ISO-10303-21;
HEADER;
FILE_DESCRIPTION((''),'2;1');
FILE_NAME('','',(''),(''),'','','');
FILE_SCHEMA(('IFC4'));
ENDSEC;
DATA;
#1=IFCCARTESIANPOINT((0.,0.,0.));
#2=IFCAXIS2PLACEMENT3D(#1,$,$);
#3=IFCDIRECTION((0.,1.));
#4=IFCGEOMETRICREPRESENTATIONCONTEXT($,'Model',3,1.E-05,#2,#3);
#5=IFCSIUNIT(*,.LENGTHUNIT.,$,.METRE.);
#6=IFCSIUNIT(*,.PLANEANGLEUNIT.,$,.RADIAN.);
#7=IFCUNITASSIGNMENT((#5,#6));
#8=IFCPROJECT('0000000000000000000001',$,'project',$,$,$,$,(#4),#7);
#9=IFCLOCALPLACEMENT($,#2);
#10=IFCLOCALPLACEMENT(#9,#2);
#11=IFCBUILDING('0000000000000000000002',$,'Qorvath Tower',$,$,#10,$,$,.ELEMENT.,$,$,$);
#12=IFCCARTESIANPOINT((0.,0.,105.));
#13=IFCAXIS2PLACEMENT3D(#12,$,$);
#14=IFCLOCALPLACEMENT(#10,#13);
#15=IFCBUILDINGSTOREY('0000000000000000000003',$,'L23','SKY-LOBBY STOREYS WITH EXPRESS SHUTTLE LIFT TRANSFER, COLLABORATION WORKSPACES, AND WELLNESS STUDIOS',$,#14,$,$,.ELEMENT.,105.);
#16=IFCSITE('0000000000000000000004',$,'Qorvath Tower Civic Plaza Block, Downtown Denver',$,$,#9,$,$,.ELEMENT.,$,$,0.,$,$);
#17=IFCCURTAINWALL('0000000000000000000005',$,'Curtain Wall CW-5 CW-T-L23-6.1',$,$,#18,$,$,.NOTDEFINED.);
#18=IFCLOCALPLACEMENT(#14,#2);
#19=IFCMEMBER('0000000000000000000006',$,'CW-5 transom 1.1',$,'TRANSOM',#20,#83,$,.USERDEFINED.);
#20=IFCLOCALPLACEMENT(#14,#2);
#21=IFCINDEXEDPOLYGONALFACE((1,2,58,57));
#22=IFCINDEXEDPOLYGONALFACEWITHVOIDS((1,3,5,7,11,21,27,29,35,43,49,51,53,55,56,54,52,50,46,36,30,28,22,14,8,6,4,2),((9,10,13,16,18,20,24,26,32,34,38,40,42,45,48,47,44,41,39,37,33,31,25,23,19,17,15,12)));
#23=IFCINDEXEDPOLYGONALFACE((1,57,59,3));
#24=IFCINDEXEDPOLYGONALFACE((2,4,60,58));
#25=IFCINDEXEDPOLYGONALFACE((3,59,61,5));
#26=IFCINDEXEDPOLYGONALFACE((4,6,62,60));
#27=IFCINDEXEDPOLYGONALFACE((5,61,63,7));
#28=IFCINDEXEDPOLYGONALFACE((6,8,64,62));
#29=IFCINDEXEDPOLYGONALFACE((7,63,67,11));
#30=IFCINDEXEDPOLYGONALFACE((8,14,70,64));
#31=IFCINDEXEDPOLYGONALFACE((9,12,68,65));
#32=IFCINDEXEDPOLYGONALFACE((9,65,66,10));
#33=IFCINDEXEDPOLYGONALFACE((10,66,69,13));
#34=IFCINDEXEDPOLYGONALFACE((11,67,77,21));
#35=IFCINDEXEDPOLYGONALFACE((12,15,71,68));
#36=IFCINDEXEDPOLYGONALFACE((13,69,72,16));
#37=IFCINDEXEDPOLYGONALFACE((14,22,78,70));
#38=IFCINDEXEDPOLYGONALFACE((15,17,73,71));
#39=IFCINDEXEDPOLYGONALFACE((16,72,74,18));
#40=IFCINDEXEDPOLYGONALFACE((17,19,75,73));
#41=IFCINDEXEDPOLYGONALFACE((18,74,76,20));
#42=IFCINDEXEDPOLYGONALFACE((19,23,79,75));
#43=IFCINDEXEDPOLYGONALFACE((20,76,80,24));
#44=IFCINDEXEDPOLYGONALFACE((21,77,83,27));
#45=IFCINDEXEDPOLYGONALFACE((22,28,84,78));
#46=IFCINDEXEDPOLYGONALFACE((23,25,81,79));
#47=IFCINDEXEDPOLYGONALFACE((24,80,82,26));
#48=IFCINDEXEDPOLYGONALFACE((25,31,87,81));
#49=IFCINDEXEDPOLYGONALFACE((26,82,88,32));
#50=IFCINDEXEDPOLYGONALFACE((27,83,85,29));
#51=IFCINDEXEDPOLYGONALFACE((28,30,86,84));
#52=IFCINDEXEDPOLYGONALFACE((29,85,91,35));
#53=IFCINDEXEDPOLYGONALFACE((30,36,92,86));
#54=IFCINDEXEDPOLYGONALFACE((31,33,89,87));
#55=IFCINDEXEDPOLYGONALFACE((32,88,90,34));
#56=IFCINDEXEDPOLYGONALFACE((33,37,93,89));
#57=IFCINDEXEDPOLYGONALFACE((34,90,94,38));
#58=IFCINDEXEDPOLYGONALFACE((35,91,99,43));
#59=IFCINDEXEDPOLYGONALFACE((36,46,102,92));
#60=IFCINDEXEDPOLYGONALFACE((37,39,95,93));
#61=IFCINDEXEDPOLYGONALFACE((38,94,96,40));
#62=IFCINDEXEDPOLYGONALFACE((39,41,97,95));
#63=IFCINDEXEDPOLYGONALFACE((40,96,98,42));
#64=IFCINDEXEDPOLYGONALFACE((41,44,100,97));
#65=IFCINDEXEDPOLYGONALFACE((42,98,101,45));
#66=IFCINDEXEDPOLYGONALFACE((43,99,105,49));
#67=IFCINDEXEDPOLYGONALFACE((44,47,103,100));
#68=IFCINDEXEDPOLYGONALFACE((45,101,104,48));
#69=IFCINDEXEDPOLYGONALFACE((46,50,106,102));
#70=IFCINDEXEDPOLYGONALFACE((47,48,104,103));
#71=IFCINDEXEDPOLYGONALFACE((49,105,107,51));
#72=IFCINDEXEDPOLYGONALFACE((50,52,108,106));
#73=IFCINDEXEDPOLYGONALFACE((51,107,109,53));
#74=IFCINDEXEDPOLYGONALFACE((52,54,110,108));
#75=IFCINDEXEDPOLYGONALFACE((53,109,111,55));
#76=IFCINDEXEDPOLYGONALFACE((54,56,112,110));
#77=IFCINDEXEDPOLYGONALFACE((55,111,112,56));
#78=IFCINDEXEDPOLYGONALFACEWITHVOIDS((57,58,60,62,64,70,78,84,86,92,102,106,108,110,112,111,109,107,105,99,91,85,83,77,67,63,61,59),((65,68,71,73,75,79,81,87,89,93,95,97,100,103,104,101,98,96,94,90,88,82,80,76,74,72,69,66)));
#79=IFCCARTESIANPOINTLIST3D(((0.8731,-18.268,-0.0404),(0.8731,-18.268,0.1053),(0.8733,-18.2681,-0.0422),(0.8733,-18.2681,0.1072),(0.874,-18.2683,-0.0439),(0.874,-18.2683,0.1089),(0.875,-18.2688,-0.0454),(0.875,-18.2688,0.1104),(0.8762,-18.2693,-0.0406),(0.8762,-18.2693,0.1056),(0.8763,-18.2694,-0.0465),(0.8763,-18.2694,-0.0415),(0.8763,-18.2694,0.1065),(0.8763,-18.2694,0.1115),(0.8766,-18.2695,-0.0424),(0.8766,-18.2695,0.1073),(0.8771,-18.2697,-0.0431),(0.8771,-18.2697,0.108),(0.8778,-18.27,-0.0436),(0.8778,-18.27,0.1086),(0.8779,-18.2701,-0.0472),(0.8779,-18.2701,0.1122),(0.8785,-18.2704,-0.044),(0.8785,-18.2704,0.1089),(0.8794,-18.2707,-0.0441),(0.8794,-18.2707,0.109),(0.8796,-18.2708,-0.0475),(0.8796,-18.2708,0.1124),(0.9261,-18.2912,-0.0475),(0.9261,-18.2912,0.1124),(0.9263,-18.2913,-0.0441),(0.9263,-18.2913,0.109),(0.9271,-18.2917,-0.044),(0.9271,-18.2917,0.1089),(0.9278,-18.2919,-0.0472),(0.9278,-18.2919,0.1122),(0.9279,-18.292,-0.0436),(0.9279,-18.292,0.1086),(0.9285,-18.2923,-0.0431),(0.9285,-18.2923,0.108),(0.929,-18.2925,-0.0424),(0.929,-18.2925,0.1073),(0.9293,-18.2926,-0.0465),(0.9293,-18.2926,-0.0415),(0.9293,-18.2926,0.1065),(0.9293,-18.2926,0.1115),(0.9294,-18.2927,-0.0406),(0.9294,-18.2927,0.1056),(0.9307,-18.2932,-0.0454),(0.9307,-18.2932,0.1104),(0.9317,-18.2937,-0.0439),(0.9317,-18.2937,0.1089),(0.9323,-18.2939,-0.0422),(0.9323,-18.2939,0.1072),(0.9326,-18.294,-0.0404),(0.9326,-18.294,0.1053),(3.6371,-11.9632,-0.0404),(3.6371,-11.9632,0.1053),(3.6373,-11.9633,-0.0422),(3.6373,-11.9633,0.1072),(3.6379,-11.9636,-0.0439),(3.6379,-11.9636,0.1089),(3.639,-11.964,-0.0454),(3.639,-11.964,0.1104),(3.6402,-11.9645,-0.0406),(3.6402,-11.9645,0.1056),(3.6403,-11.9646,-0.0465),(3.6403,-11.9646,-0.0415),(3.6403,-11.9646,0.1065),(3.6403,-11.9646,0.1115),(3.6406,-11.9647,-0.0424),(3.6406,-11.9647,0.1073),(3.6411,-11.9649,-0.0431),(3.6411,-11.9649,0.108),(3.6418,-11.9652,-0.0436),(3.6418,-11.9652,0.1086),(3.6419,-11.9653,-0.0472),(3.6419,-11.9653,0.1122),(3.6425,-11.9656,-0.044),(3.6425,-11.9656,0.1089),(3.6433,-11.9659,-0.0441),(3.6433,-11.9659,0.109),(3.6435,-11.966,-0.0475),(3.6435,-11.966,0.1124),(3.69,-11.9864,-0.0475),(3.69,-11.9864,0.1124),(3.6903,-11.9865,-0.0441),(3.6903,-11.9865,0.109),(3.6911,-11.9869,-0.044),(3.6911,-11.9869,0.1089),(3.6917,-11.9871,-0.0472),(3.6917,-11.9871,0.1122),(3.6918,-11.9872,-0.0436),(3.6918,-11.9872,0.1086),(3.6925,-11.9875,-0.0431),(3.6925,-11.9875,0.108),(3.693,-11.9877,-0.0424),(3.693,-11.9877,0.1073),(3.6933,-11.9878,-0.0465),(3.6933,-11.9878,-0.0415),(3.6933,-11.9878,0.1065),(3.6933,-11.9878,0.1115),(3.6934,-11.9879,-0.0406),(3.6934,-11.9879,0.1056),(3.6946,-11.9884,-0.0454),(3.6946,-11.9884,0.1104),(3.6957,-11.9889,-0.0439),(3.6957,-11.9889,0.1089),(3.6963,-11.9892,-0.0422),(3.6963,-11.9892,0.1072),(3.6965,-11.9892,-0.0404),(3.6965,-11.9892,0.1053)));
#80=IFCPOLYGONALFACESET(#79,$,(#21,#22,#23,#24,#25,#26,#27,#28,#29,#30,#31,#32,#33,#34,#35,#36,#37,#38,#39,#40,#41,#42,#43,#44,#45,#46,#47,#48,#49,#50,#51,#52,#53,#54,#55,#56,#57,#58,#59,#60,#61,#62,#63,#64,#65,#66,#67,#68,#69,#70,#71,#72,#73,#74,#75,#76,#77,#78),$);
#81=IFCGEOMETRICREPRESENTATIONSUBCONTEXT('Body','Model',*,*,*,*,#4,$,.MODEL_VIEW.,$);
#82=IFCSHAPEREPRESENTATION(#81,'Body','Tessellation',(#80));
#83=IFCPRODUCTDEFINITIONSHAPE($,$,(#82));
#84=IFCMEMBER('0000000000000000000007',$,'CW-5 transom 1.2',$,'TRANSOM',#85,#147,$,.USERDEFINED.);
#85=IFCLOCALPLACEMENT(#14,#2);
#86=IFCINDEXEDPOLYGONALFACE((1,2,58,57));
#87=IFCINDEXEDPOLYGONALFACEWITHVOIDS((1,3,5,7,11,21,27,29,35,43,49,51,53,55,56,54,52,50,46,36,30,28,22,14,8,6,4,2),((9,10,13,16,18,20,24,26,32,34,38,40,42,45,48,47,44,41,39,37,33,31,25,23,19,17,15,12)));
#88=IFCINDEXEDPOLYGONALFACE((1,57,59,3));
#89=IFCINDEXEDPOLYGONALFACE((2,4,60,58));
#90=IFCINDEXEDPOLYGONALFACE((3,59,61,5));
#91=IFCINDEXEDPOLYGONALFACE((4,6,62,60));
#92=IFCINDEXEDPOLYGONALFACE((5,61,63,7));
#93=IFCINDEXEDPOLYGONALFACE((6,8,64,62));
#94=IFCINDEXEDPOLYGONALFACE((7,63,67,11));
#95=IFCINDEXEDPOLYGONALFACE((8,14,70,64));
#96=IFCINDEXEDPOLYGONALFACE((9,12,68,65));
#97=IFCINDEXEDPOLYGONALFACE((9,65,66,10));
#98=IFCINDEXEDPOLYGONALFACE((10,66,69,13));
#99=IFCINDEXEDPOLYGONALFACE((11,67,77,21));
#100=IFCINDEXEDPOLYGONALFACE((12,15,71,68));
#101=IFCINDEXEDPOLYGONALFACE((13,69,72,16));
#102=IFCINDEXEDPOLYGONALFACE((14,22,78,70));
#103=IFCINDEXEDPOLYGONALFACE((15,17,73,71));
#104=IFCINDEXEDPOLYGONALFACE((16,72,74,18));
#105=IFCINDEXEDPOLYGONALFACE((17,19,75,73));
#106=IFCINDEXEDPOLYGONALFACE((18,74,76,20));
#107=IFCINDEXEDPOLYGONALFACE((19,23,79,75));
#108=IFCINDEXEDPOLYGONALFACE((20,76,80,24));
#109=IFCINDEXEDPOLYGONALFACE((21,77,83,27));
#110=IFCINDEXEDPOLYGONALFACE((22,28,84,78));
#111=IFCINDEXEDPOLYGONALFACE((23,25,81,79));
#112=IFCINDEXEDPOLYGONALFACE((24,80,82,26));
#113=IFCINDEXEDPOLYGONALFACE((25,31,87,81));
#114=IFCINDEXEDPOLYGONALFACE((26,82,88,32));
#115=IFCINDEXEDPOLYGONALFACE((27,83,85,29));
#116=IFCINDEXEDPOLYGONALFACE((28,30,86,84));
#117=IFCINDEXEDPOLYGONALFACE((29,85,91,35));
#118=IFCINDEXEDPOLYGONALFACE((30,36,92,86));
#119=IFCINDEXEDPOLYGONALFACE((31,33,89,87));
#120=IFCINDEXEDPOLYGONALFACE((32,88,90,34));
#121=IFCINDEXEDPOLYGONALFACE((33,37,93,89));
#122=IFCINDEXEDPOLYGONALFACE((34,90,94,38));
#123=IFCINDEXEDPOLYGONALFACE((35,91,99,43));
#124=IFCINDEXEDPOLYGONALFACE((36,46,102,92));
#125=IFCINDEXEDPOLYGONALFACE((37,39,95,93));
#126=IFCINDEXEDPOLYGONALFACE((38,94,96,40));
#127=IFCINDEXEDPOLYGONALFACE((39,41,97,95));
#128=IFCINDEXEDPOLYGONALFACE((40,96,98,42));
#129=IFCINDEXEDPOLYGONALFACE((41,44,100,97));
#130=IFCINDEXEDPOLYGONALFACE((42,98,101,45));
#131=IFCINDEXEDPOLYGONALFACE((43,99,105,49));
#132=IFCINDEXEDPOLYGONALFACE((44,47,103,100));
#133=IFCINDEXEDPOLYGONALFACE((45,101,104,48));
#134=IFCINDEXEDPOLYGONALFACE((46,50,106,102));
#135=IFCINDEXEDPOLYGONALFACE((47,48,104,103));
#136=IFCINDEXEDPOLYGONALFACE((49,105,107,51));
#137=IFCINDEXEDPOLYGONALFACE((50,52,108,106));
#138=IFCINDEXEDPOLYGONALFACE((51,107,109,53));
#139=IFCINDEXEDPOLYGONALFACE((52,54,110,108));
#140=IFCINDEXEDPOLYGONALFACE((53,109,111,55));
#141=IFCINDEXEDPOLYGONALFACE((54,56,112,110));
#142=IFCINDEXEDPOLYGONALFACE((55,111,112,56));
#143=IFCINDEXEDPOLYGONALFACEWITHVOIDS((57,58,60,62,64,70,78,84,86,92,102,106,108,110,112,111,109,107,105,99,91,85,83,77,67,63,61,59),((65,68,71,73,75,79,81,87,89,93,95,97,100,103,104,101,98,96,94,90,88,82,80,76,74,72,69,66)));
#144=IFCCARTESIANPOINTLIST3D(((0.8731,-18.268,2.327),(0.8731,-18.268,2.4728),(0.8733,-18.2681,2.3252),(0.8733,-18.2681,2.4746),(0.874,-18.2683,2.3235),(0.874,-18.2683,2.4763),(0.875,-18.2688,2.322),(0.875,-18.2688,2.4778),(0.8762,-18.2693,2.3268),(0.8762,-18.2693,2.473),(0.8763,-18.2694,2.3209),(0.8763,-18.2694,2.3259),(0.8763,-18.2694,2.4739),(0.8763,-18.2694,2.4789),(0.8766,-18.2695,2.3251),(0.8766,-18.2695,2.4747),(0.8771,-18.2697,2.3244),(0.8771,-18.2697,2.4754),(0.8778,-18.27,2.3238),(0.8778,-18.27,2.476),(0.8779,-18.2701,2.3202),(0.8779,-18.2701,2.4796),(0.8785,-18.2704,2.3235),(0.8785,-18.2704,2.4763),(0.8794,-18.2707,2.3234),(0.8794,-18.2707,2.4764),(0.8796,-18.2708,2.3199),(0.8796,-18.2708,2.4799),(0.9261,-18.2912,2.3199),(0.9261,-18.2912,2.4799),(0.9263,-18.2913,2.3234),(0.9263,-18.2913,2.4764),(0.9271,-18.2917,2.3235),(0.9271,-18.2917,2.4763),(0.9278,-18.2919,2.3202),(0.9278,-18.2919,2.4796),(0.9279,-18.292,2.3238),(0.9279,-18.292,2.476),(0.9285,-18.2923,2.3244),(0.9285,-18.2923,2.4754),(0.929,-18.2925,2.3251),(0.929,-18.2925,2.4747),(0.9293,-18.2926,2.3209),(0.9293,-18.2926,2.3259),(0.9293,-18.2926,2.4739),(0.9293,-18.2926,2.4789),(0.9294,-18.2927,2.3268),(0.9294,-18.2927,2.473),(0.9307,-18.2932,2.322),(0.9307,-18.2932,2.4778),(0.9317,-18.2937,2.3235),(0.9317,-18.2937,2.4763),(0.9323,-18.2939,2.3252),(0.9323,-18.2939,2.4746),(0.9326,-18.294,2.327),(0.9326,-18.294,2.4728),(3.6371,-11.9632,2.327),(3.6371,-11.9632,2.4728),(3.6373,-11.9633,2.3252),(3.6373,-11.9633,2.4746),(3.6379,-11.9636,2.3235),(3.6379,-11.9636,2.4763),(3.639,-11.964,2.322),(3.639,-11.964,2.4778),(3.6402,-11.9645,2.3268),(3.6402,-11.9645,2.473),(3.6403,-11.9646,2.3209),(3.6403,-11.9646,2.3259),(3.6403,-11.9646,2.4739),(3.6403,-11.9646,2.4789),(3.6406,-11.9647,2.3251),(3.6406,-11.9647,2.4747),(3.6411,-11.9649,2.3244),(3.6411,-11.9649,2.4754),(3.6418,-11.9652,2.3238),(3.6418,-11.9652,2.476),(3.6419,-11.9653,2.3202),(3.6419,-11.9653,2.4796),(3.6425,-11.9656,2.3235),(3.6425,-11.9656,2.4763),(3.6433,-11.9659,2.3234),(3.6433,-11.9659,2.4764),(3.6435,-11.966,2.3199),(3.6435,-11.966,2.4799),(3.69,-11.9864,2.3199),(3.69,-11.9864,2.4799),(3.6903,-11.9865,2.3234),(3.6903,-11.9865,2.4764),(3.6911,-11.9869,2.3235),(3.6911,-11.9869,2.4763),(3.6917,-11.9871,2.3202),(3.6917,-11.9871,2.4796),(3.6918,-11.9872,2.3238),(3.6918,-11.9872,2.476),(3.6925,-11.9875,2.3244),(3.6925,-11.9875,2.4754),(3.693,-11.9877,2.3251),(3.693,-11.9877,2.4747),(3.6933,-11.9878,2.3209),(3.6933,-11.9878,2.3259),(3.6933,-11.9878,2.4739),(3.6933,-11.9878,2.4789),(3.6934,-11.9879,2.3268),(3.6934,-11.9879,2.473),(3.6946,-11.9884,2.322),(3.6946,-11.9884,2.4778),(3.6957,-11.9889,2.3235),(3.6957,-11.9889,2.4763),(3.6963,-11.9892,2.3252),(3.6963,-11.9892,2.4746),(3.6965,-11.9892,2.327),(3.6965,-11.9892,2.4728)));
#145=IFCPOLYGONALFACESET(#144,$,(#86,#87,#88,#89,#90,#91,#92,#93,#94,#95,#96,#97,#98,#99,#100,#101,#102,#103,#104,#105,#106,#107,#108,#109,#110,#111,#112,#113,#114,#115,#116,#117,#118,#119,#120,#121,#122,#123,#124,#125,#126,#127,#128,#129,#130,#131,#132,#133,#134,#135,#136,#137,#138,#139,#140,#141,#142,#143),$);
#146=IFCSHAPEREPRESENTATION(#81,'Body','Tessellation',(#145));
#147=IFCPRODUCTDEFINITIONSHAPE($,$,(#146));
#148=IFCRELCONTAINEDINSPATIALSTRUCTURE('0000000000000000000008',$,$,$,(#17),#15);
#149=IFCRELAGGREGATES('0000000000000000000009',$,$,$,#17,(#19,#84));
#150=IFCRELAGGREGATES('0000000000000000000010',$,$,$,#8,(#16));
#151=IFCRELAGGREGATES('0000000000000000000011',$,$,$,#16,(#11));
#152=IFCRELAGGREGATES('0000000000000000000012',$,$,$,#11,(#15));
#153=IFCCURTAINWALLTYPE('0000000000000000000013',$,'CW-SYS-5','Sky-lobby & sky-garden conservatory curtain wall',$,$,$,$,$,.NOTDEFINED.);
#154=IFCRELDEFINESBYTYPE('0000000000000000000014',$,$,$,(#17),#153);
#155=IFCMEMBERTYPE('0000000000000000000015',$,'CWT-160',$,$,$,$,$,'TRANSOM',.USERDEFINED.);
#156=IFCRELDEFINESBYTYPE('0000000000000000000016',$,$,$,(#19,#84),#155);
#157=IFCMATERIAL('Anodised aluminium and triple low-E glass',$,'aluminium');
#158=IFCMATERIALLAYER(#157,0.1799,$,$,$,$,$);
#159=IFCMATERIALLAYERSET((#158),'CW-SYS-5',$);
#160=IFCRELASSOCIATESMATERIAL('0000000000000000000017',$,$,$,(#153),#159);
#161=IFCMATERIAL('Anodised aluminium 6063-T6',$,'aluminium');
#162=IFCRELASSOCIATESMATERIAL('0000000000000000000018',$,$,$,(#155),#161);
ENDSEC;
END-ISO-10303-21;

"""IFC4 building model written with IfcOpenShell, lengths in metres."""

from ifc_helpers import new_model, si_unit, direction, frame, origin, origin_2d, place, context, subcontext, project, spatial, hollow_rectangle, extrude, material, layer, layer_set, material_profile, profile_set, type_object, element, aggregate, save


model = new_model("IFC4")

# Units and contexts
model_context = context("Model", 3, precision=1e-05, world=origin(), true_north=direction((0.0, 1.0)))
body_context = subcontext(model_context, "Body", "Model", "MODEL_VIEW")
ifc_project = project(units=[si_unit("LENGTHUNIT", "METRE"), si_unit("PLANEANGLEUNIT", "RADIAN")], contexts=[model_context])

# Site, building, storey
site_placement = place(None, origin())
site = spatial("IfcSite", under=ifc_project, at=site_placement, Name="Qorvath Tower Civic Plaza Block, Downtown Denver", CompositionType="ELEMENT", RefElevation=0.0)
building_placement = place(site_placement, origin())
building = spatial("IfcBuilding", under=site, at=building_placement, Name="Qorvath Tower", CompositionType="ELEMENT")
storey_placement = place(building_placement, frame((0.0, 0.0, 105.0)))
storey = spatial("IfcBuildingStorey", under=building, at=storey_placement, Name="L23", Description="SKY-LOBBY STOREYS WITH EXPRESS SHUTTLE LIFT TRANSFER, COLLABORATION WORKSPACES, AND WELLNESS STUDIOS", CompositionType="ELEMENT", Elevation=105.0)

# Shared definitions
ifc_material_1 = material(Name="Anodised aluminium and triple low-E glass", Category="aluminium")
ifc_layer_1 = layer(ifc_material_1, 0.1799)
ifc_layer_set_1 = layer_set([ifc_layer_1], Name="CW-SYS-5")
curtain_wall_type = type_object("IfcCurtainWallType", Name="CW-SYS-5", Description="Sky-lobby & sky-garden conservatory curtain wall", PredefinedType="NOTDEFINED", material=ifc_layer_set_1)

# Curtain wall
curtain_wall_1_placement = place(storey_placement, origin())
curtain_wall_1 = element("IfcCurtainWall", 1, at=curtain_wall_1_placement, inside=storey, type_object=curtain_wall_type, Name="Curtain Wall CW-5 CW-T-L23-6.1", PredefinedType="NOTDEFINED")

# Members
ifc_material_2 = material(Name="Anodised aluminium 6063-T6", Category="aluminium")
ifc_material_profile_1 = material_profile(ifc_material_2, hollow_rectangle(XDim=0.0649, YDim=0.1599, WallThickness=0.0034, InnerFilletRadius=0.0034, OuterFilletRadius=0.0071, at=origin_2d()), Name="CWT 160x65")
ifc_profile_set_1 = profile_set([ifc_material_profile_1], Name="Anodised aluminium 6063-T6")
member_type_1 = type_object("IfcMemberType", Name="CWT-160", ElementType="TRANSOM", PredefinedType="USERDEFINED", material=ifc_profile_set_1)
member_1_placement = place(storey_placement, frame((0.9028, -18.281, 0.0325), z_axis=(0.401503, 0.915858, 0.0), x_axis=(-0.915858, 0.401503, 0.0)))
member_1 = element("IfcMember", 2, at=member_1_placement, type_object=member_type_1, Name="CW-5 transom 1.1", ObjectType="TRANSOM", PredefinedType="USERDEFINED", context=body_context, shape_type="SweptSolid", body=[
    extrude(hollow_rectangle(XDim=0.0649, YDim=0.1599, WallThickness=0.0034, InnerFilletRadius=0.0034, OuterFilletRadius=0.0071, at=origin_2d()), origin(), (0.0, 0.0, 1.0), 6.884),
])
member_2_placement = place(storey_placement, frame((0.9028, -18.281, 2.3999), z_axis=(0.401503, 0.915858, 0.0), x_axis=(-0.915858, 0.401503, 0.0)))
member_2 = element("IfcMember", 3, at=member_2_placement, type_object=member_type_1, Name="CW-5 transom 1.2", ObjectType="TRANSOM", PredefinedType="USERDEFINED", context=body_context, shape_type="SweptSolid", body=[
    extrude(hollow_rectangle(XDim=0.0649, YDim=0.1599, WallThickness=0.0034, InnerFilletRadius=0.0034, OuterFilletRadius=0.0071, at=origin_2d()), origin(), (0.0, 0.0, 1.0), 6.884),
])

aggregate(curtain_wall_1, [member_1, member_2])

save(model, "model.ifc")
